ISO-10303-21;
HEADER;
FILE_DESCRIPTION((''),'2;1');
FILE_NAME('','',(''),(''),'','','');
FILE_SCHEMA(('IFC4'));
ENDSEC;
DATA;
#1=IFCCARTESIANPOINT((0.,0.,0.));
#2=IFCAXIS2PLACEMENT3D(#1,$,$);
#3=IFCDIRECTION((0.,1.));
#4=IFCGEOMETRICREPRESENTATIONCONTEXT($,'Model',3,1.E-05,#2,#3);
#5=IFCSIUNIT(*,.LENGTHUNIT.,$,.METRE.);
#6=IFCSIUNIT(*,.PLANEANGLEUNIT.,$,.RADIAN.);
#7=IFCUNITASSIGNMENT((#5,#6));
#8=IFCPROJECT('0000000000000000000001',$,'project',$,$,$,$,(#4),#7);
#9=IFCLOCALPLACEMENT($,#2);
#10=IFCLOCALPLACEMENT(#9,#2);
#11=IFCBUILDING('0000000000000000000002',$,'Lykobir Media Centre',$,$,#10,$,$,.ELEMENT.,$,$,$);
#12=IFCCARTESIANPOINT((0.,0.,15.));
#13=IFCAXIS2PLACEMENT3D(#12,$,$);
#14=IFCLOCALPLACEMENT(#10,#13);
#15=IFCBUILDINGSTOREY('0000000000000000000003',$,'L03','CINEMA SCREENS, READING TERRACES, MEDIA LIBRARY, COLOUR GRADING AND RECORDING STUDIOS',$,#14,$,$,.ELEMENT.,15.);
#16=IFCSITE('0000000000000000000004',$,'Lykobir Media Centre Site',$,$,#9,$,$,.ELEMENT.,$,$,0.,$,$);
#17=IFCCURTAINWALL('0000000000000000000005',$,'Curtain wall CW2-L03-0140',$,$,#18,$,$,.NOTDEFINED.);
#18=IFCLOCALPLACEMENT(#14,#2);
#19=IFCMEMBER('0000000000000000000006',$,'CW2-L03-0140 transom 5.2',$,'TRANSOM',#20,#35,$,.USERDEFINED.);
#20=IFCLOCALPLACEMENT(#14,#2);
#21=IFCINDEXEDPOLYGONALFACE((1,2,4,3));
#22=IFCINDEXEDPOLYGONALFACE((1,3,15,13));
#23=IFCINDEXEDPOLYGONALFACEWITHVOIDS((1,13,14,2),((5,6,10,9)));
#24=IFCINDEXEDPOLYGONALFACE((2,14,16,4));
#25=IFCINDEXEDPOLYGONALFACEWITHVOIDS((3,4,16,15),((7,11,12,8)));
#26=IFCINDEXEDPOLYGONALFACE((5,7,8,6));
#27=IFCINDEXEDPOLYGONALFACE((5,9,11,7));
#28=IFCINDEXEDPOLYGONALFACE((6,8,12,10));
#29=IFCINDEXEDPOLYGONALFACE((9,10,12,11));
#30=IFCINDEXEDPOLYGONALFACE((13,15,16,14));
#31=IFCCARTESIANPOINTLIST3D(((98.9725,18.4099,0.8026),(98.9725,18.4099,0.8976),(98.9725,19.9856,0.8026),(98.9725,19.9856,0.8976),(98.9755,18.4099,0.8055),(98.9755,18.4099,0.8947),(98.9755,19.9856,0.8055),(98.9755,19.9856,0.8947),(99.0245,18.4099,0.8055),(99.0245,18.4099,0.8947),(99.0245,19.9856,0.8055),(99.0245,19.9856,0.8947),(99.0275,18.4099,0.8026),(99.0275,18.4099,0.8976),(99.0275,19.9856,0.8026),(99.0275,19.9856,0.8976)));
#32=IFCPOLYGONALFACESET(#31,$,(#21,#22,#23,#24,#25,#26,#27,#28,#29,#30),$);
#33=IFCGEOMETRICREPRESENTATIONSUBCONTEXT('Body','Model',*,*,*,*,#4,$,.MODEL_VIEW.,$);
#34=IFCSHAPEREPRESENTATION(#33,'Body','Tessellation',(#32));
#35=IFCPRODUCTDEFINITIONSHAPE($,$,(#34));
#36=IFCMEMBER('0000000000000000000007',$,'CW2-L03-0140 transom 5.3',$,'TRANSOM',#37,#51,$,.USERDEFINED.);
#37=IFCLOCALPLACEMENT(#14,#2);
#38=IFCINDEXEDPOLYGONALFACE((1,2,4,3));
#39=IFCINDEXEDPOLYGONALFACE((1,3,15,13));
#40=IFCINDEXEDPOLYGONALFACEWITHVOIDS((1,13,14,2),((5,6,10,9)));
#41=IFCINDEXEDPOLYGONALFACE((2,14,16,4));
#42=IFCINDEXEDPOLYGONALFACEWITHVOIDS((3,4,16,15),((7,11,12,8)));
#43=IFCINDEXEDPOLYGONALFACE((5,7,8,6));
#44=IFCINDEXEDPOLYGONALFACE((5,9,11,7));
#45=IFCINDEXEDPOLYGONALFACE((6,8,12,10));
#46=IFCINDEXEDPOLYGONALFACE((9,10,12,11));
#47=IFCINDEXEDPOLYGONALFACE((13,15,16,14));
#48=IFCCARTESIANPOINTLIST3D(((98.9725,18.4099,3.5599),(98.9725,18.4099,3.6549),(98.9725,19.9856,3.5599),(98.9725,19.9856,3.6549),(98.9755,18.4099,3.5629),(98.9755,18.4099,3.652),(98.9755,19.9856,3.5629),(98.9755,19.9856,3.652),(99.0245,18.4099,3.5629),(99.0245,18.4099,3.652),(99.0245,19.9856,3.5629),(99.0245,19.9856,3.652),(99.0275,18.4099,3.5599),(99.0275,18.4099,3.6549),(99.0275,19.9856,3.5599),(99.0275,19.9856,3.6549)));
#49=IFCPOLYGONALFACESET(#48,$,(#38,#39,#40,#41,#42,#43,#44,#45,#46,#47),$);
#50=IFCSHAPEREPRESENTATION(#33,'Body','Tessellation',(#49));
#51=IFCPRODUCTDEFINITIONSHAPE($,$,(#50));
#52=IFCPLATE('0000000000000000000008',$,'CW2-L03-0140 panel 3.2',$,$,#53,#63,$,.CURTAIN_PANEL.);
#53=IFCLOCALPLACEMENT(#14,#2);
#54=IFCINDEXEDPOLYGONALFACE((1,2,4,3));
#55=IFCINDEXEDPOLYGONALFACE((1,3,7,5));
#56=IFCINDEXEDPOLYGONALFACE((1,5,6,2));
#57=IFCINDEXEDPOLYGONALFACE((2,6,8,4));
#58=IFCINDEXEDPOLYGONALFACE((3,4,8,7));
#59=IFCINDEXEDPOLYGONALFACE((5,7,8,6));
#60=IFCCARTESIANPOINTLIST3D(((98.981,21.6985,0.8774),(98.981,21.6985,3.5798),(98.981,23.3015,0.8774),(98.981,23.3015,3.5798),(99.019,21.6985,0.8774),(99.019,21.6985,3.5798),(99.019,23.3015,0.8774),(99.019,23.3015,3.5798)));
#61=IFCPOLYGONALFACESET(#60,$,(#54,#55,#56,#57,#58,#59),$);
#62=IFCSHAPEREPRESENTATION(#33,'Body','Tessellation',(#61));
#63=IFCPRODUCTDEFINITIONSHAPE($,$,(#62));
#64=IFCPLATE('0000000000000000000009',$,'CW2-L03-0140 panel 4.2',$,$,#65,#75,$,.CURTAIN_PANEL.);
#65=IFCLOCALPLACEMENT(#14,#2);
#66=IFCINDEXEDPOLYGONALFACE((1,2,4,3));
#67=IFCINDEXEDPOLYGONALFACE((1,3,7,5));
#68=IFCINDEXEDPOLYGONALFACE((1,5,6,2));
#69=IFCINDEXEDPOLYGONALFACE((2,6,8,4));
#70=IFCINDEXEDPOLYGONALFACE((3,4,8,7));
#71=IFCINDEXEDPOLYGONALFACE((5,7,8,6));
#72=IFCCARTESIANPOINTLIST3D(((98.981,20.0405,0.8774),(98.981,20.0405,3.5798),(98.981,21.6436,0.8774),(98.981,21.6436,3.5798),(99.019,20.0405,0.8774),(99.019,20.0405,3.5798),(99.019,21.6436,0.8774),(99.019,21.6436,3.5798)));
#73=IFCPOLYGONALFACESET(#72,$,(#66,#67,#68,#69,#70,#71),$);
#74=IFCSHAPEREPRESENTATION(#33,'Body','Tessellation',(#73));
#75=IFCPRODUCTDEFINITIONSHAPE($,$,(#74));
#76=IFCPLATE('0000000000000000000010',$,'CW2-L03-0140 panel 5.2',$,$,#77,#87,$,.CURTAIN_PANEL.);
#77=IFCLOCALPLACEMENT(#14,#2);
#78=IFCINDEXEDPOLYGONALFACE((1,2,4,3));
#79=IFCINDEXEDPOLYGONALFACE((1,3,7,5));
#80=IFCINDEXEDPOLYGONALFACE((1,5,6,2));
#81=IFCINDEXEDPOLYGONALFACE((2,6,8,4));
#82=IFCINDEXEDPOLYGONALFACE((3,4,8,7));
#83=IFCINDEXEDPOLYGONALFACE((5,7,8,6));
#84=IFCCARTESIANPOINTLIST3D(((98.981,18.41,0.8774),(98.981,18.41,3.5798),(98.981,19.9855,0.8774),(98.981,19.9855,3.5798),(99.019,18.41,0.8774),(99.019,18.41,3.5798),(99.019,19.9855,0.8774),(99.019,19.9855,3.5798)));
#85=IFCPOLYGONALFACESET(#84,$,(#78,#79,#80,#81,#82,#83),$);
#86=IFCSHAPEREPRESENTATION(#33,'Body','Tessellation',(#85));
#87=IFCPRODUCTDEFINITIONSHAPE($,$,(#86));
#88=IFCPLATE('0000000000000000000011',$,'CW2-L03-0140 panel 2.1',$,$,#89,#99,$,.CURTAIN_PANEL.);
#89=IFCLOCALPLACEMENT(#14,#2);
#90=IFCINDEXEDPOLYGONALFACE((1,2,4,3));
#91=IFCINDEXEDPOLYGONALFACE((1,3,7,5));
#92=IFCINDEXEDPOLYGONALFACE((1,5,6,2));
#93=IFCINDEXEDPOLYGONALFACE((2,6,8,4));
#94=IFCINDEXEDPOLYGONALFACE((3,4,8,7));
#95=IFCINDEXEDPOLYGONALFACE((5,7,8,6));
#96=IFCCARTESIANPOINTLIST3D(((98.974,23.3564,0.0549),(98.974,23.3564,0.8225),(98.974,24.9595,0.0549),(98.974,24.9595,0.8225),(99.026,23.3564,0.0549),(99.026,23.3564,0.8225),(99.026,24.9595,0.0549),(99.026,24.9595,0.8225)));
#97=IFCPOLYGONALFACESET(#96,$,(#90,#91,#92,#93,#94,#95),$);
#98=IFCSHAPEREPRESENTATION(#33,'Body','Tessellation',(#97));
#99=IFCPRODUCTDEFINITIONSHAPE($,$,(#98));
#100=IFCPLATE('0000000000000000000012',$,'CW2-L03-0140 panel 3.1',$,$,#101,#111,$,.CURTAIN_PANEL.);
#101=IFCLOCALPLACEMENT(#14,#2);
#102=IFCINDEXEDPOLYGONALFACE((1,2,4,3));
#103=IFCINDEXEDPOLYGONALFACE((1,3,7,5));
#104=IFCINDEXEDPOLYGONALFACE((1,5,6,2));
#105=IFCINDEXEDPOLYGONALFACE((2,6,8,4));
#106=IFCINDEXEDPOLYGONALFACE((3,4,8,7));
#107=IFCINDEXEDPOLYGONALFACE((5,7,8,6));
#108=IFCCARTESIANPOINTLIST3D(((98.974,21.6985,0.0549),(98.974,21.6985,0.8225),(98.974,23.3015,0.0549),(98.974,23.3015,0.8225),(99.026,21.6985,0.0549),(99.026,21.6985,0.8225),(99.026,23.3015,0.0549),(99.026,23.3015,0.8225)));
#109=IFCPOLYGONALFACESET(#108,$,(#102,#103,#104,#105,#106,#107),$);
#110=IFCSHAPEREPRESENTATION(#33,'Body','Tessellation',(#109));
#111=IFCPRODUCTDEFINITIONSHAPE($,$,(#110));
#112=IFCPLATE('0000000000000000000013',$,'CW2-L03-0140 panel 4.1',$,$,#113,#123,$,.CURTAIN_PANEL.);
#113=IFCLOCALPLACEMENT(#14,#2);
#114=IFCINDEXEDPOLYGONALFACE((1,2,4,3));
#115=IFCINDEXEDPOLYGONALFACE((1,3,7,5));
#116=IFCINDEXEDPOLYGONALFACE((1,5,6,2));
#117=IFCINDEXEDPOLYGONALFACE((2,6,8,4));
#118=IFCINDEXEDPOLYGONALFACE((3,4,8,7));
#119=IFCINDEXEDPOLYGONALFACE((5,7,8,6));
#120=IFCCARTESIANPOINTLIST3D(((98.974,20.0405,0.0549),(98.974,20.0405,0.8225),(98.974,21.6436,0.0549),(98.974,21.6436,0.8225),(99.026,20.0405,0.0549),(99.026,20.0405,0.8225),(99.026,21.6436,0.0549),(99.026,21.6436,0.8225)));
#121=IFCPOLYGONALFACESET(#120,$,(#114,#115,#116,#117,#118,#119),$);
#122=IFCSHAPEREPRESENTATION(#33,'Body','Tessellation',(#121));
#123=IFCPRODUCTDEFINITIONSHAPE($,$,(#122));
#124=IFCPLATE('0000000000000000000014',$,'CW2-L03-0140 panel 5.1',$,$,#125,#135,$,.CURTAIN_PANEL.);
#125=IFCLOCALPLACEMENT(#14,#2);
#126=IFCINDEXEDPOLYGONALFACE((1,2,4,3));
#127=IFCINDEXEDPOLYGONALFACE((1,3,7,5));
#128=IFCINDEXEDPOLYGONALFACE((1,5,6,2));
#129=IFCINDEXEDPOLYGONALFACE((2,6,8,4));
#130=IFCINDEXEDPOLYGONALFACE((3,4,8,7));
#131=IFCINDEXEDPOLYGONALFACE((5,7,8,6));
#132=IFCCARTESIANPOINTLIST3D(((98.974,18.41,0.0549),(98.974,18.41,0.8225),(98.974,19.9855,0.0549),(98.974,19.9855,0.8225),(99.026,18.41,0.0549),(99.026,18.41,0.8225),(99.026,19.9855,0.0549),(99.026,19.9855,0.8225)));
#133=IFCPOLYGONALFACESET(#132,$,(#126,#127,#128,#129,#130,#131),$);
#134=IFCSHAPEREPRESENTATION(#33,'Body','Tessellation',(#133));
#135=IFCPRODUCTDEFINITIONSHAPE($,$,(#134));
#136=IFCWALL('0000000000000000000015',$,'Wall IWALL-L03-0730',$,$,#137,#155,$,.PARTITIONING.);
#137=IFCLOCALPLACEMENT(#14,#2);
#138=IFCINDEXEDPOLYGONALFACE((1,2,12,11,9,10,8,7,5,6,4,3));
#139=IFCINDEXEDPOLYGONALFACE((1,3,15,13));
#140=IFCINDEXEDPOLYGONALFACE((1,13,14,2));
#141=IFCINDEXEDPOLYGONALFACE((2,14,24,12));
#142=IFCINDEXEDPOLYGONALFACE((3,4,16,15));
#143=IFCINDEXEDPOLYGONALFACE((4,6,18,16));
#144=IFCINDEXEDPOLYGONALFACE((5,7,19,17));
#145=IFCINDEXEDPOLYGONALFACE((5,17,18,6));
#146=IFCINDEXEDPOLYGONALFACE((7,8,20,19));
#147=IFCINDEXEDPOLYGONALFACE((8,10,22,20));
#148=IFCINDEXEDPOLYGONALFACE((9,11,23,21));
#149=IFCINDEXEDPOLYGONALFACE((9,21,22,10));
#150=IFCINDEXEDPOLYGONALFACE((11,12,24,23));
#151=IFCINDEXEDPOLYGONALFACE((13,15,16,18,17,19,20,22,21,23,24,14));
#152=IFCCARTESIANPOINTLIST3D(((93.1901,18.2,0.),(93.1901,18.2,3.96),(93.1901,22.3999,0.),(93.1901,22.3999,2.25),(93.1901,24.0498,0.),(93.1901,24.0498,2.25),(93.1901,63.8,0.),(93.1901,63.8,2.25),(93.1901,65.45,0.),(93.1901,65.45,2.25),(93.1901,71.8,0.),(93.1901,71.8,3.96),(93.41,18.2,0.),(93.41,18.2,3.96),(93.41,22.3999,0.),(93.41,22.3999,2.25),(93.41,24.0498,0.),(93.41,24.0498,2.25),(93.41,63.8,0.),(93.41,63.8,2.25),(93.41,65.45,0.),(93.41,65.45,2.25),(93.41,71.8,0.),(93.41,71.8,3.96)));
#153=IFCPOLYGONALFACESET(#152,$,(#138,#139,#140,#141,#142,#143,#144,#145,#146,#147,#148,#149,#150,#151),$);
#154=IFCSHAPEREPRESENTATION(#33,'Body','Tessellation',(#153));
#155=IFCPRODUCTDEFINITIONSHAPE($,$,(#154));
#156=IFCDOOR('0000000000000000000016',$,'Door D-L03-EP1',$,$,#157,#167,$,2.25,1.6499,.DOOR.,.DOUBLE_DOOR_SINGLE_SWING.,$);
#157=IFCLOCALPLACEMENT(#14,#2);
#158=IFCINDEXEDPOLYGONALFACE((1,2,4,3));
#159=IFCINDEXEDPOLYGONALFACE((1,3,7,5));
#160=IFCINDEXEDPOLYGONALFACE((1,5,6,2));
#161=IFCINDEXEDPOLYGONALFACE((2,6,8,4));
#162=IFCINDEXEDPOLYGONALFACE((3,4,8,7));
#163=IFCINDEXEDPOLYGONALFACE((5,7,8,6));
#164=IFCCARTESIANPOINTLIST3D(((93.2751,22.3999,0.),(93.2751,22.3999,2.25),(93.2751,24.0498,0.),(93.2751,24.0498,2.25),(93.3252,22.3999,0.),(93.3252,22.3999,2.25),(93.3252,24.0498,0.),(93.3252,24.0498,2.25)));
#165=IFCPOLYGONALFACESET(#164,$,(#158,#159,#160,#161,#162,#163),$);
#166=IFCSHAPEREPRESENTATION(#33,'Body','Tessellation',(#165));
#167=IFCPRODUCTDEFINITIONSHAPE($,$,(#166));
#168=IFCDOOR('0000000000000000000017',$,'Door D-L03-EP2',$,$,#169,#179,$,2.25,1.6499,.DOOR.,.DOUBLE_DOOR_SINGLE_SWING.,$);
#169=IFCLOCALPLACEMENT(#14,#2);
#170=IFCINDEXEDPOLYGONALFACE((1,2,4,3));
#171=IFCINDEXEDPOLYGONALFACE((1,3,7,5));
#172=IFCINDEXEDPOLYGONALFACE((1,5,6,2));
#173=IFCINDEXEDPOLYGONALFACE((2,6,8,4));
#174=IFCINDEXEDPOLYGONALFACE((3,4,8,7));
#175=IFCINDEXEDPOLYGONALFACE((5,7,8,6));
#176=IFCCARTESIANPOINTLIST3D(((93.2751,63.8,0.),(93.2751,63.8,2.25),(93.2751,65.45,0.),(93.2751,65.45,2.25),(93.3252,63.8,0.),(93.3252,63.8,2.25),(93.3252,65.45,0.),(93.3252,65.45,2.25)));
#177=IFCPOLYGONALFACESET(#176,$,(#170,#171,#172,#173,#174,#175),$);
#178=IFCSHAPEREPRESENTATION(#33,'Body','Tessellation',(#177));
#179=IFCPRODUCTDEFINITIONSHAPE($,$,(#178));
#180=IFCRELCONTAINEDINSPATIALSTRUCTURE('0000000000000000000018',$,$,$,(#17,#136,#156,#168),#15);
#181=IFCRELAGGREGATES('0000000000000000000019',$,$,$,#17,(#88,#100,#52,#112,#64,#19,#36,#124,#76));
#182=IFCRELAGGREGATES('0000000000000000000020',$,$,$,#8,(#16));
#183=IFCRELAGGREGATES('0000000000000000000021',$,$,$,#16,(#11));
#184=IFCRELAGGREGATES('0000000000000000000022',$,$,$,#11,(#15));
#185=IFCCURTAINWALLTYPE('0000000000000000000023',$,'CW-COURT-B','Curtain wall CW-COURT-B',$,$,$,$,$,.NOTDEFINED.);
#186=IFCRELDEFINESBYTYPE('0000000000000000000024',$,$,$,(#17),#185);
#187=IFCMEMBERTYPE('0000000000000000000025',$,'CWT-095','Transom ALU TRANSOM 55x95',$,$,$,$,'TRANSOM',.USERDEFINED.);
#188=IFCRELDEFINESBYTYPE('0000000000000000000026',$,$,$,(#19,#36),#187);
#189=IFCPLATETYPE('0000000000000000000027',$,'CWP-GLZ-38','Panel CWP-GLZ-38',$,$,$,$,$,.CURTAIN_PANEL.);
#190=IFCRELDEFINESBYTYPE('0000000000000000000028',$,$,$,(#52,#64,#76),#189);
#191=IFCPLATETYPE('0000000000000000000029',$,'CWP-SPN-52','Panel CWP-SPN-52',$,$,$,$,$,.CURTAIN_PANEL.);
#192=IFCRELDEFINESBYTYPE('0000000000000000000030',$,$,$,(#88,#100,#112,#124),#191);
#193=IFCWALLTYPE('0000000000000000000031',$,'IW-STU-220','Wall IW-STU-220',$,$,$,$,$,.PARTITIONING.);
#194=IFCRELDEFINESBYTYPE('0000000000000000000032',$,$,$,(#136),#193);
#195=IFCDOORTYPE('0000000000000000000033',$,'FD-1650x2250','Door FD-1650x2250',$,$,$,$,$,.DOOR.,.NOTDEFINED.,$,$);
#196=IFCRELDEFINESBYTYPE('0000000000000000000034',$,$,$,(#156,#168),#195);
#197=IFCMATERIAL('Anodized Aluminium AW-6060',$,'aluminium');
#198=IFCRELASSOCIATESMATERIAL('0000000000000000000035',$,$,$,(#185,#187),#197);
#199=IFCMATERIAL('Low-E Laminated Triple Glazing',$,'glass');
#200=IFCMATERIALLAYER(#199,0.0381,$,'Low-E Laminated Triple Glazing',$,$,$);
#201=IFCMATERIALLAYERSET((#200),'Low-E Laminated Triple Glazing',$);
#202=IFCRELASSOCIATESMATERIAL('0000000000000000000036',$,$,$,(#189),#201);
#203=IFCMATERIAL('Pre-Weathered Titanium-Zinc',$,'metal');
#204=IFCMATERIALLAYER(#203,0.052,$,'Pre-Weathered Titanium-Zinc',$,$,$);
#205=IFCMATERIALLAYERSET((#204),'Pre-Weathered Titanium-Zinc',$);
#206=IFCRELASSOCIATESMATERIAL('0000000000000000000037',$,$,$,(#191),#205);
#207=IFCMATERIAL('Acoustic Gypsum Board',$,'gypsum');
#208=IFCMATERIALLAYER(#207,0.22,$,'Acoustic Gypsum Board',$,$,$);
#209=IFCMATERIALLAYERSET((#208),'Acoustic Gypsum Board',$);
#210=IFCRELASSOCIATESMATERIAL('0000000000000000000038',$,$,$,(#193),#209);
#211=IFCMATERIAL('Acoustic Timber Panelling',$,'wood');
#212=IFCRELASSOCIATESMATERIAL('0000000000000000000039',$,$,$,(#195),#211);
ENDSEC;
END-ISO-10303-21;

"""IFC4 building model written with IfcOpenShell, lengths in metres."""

from ifc_helpers import new_model, si_unit, direction, frame, frame_2d, origin, origin_2d, place, context, subcontext, project, spatial, rectangle, hollow_rectangle, extrude, material, layer, layer_set, material_profile, profile_set, type_object, element, fill, aggregate, save


model = new_model("IFC4")

# Units and contexts
model_context = context("Model", 3, precision=1e-05, world=origin(), true_north=direction((0.0, 1.0)))
body_context = subcontext(model_context, "Body", "Model", "MODEL_VIEW")
ifc_project = project(units=[si_unit("LENGTHUNIT", "METRE"), si_unit("PLANEANGLEUNIT", "RADIAN")], contexts=[model_context])

# Site, building, storey
site_placement = place(None, origin())
site = spatial("IfcSite", under=ifc_project, at=site_placement, Name="Lykobir Media Centre Site", CompositionType="ELEMENT", RefElevation=0.0)
building_placement = place(site_placement, origin())
building = spatial("IfcBuilding", under=site, at=building_placement, Name="Lykobir Media Centre", CompositionType="ELEMENT")
storey_placement = place(building_placement, frame((0.0, 0.0, 15.0)))
storey = spatial("IfcBuildingStorey", under=building, at=storey_placement, Name="L03", Description="CINEMA SCREENS, READING TERRACES, MEDIA LIBRARY, COLOUR GRADING AND RECORDING STUDIOS", CompositionType="ELEMENT", Elevation=15.0)

# Curtain wall, members, plates
ifc_material_1 = material(Name="Anodized Aluminium AW-6060", Category="aluminium")
curtain_wall_type = type_object("IfcCurtainWallType", Name="CW-COURT-B", Description="Curtain wall CW-COURT-B", PredefinedType="NOTDEFINED", material=ifc_material_1)
curtain_wall_placement = place(storey_placement, origin())
curtain_wall = element("IfcCurtainWall", 1, at=curtain_wall_placement, inside=storey, type_object=curtain_wall_type, Name="Curtain wall CW2-L03-0140", PredefinedType="NOTDEFINED")
ifc_material_profile_1 = material_profile(ifc_material_1, hollow_rectangle(XDim=0.0549, YDim=0.095, WallThickness=0.0029, at=origin_2d()), Name="ALU TRANSOM 55x95")
ifc_profile_set_1 = profile_set([ifc_material_profile_1], Name="Anodized Aluminium AW-6060")
member_type_1 = type_object("IfcMemberType", Name="CWT-095", Description="Transom ALU TRANSOM 55x95", ElementType="TRANSOM", PredefinedType="USERDEFINED", material=ifc_profile_set_1)
member_1_placement = place(storey_placement, frame((99.0, 19.9856, 0.8501), z_axis=(0.0, -1.0, 0.0), x_axis=(1.0, 0.0, 0.0)))
member_1 = element("IfcMember", 2, at=member_1_placement, type_object=member_type_1, Name="CW2-L03-0140 transom 5.2", ObjectType="TRANSOM", PredefinedType="USERDEFINED", context=body_context, shape_type="SweptSolid", body=[
    extrude(hollow_rectangle(XDim=0.0549, YDim=0.095, WallThickness=0.0029, at=origin_2d()), origin(), (0.0, 0.0, 1.0), 1.5757),
])
member_2_placement = place(storey_placement, frame((99.0, 19.9856, 3.6074), z_axis=(0.0, -1.0, 0.0), x_axis=(1.0, 0.0, 0.0)))
member_2 = element("IfcMember", 3, at=member_2_placement, type_object=member_type_1, Name="CW2-L03-0140 transom 5.3", ObjectType="TRANSOM", PredefinedType="USERDEFINED", context=body_context, shape_type="SweptSolid", body=[
    extrude(hollow_rectangle(XDim=0.0549, YDim=0.095, WallThickness=0.0029, at=origin_2d()), origin(), (0.0, 0.0, 1.0), 1.5757),
])
ifc_material_2 = material(Name="Low-E Laminated Triple Glazing", Category="glass")
ifc_layer_1 = layer(ifc_material_2, 0.0381, Name="Low-E Laminated Triple Glazing")
ifc_layer_set_1 = layer_set([ifc_layer_1], Name="Low-E Laminated Triple Glazing")
plate_type_1 = type_object("IfcPlateType", Name="CWP-GLZ-38", Description="Panel CWP-GLZ-38", PredefinedType="CURTAIN_PANEL", material=ifc_layer_set_1)
plate_1_placement = place(storey_placement, frame((99.0, 22.5, 0.8774), z_axis=(0.0, 0.0, 1.0), x_axis=(0.0, -1.0, 0.0)))
plate_1 = element("IfcPlate", 4, at=plate_1_placement, type_object=plate_type_1, Name="CW2-L03-0140 panel 3.2", PredefinedType="CURTAIN_PANEL", context=body_context, shape_type="SweptSolid", body=[
    extrude(rectangle(XDim=1.603, YDim=0.0381, at=origin_2d()), origin(), (0.0, 0.0, 1.0), 2.7024),
])
plate_2_placement = place(storey_placement, frame((99.0, 20.842, 0.8774), z_axis=(0.0, 0.0, 1.0), x_axis=(0.0, -1.0, 0.0)))
plate_2 = element("IfcPlate", 5, at=plate_2_placement, type_object=plate_type_1, Name="CW2-L03-0140 panel 4.2", PredefinedType="CURTAIN_PANEL", context=body_context, shape_type="SweptSolid", body=[
    extrude(rectangle(XDim=1.603, YDim=0.0381, at=origin_2d()), origin(), (0.0, 0.0, 1.0), 2.7024),
])
plate_3_placement = place(storey_placement, frame((99.0, 19.1978, 0.8774), z_axis=(0.0, 0.0, 1.0), x_axis=(0.0, -1.0, 0.0)))
plate_3 = element("IfcPlate", 6, at=plate_3_placement, type_object=plate_type_1, Name="CW2-L03-0140 panel 5.2", PredefinedType="CURTAIN_PANEL", context=body_context, shape_type="SweptSolid", body=[
    extrude(rectangle(XDim=1.5754, YDim=0.0381, at=origin_2d()), origin(), (0.0, 0.0, 1.0), 2.7024),
])
ifc_material_3 = material(Name="Pre-Weathered Titanium-Zinc", Category="metal")
ifc_layer_2 = layer(ifc_material_3, 0.052, Name="Pre-Weathered Titanium-Zinc")
ifc_layer_set_2 = layer_set([ifc_layer_2], Name="Pre-Weathered Titanium-Zinc")
plate_type_2 = type_object("IfcPlateType", Name="CWP-SPN-52", Description="Panel CWP-SPN-52", PredefinedType="CURTAIN_PANEL", material=ifc_layer_set_2)
plate_4_placement = place(storey_placement, frame((99.0, 24.158, 0.0549), z_axis=(0.0, 0.0, 1.0), x_axis=(0.0, -1.0, 0.0)))
plate_4 = element("IfcPlate", 7, at=plate_4_placement, type_object=plate_type_2, Name="CW2-L03-0140 panel 2.1", PredefinedType="CURTAIN_PANEL", context=body_context, shape_type="SweptSolid", body=[
    extrude(rectangle(XDim=1.603, YDim=0.052, at=origin_2d()), origin(), (0.0, 0.0, 1.0), 0.7676),
])
plate_5_placement = place(storey_placement, frame((99.0, 22.5, 0.0549), z_axis=(0.0, 0.0, 1.0), x_axis=(0.0, -1.0, 0.0)))
plate_5 = element("IfcPlate", 8, at=plate_5_placement, type_object=plate_type_2, Name="CW2-L03-0140 panel 3.1", PredefinedType="CURTAIN_PANEL", context=body_context, shape_type="SweptSolid", body=[
    extrude(rectangle(XDim=1.603, YDim=0.052, at=origin_2d()), origin(), (0.0, 0.0, 1.0), 0.7676),
])
plate_6_placement = place(storey_placement, frame((99.0, 20.842, 0.0549), z_axis=(0.0, 0.0, 1.0), x_axis=(0.0, -1.0, 0.0)))
plate_6 = element("IfcPlate", 9, at=plate_6_placement, type_object=plate_type_2, Name="CW2-L03-0140 panel 4.1", PredefinedType="CURTAIN_PANEL", context=body_context, shape_type="SweptSolid", body=[
    extrude(rectangle(XDim=1.603, YDim=0.052, at=origin_2d()), origin(), (0.0, 0.0, 1.0), 0.7676),
])
plate_7_placement = place(storey_placement, frame((99.0, 19.1978, 0.0549), z_axis=(0.0, 0.0, 1.0), x_axis=(0.0, -1.0, 0.0)))
plate_7 = element("IfcPlate", 10, at=plate_7_placement, type_object=plate_type_2, Name="CW2-L03-0140 panel 5.1", PredefinedType="CURTAIN_PANEL", context=body_context, shape_type="SweptSolid", body=[
    extrude(rectangle(XDim=1.5754, YDim=0.052, at=origin_2d()), origin(), (0.0, 0.0, 1.0), 0.7676),
])
aggregate(curtain_wall, [plate_4, plate_5, plate_1, plate_6, plate_2, member_1, member_2, plate_7, plate_3])

# Wall, openings, doors
ifc_material_4 = material(Name="Acoustic Gypsum Board", Category="gypsum")
ifc_layer_3 = layer(ifc_material_4, 0.22, Name="Acoustic Gypsum Board")
ifc_layer_set_3 = layer_set([ifc_layer_3], Name="Acoustic Gypsum Board")
wall_type = type_object("IfcWallType", Name="IW-STU-220", Description="Wall IW-STU-220", PredefinedType="PARTITIONING", material=ifc_layer_set_3)
wall_placement = place(storey_placement, frame((93.3, 18.2, 0.0), z_axis=(0.0, 0.0, 1.0), x_axis=(0.0, 1.0, 0.0)))
wall = element("IfcWall", 11, at=wall_placement, inside=storey, type_object=wall_type, Name="Wall IWALL-L03-0730", PredefinedType="PARTITIONING", context=body_context, shape_type="SweptSolid", body=[
    extrude(rectangle(XDim=53.6001, YDim=0.22, at=frame_2d((26.8, 0.0))), origin(), (0.0, 0.0, 1.0), 3.96),
])
opening_1_placement = place(wall_placement, frame((4.2, 0.0, 0.0)))
opening_1 = element("IfcOpeningElement", 12, at=opening_1_placement, cuts=wall, PredefinedType="OPENING", context=body_context, shape_type="SweptSolid", body=[
    extrude(rectangle(XDim=1.6499, YDim=2.25, at=frame_2d((0.825, 1.125))), frame((0.0, 0.1199, 0.0), z_axis=(0.0, -1.0, 0.0), x_axis=(1.0, 0.0, 0.0)), (0.0, 0.0, 1.0), 0.24),
])
opening_2_placement = place(wall_placement, frame((45.6001, 0.0, 0.0)))
opening_2 = element("IfcOpeningElement", 13, at=opening_2_placement, cuts=wall, PredefinedType="OPENING", context=body_context, shape_type="SweptSolid", body=[
    extrude(rectangle(XDim=1.6499, YDim=2.25, at=frame_2d((0.825, 1.125))), frame((0.0, 0.1199, 0.0), z_axis=(0.0, -1.0, 0.0), x_axis=(1.0, 0.0, 0.0)), (0.0, 0.0, 1.0), 0.24),
])
ifc_material_5 = material(Name="Acoustic Timber Panelling", Category="wood")
door_type = type_object("IfcDoorType", Name="FD-1650x2250", Description="Door FD-1650x2250", OperationType="NOTDEFINED", PredefinedType="DOOR", material=ifc_material_5)
door_1_placement = place(opening_1_placement, origin())
door_1 = element("IfcDoor", 14, at=door_1_placement, inside=storey, type_object=door_type, Name="Door D-L03-EP1", OperationType="DOUBLE_DOOR_SINGLE_SWING", OverallHeight=2.25, OverallWidth=1.6499, PredefinedType="DOOR", context=body_context, shape_type="SweptSolid", body=[
    extrude(rectangle(XDim=1.6499, YDim=2.25, at=frame_2d((0.825, 1.125))), frame((0.0, 0.0249, 0.0), z_axis=(0.0, -1.0, 0.0), x_axis=(1.0, 0.0, 0.0)), (0.0, 0.0, 1.0), 0.05),
])
fill(opening_1, door_1)
door_2_placement = place(opening_2_placement, origin())
door_2 = element("IfcDoor", 15, at=door_2_placement, inside=storey, type_object=door_type, Name="Door D-L03-EP2", OperationType="DOUBLE_DOOR_SINGLE_SWING", OverallHeight=2.25, OverallWidth=1.6499, PredefinedType="DOOR", context=body_context, shape_type="SweptSolid", body=[
    extrude(rectangle(XDim=1.6499, YDim=2.25, at=frame_2d((0.825, 1.125))), frame((0.0, 0.0249, 0.0), z_axis=(0.0, -1.0, 0.0), x_axis=(1.0, 0.0, 0.0)), (0.0, 0.0, 1.0), 0.05),
])
fill(opening_2, door_2)

save(model, "model.ifc")
